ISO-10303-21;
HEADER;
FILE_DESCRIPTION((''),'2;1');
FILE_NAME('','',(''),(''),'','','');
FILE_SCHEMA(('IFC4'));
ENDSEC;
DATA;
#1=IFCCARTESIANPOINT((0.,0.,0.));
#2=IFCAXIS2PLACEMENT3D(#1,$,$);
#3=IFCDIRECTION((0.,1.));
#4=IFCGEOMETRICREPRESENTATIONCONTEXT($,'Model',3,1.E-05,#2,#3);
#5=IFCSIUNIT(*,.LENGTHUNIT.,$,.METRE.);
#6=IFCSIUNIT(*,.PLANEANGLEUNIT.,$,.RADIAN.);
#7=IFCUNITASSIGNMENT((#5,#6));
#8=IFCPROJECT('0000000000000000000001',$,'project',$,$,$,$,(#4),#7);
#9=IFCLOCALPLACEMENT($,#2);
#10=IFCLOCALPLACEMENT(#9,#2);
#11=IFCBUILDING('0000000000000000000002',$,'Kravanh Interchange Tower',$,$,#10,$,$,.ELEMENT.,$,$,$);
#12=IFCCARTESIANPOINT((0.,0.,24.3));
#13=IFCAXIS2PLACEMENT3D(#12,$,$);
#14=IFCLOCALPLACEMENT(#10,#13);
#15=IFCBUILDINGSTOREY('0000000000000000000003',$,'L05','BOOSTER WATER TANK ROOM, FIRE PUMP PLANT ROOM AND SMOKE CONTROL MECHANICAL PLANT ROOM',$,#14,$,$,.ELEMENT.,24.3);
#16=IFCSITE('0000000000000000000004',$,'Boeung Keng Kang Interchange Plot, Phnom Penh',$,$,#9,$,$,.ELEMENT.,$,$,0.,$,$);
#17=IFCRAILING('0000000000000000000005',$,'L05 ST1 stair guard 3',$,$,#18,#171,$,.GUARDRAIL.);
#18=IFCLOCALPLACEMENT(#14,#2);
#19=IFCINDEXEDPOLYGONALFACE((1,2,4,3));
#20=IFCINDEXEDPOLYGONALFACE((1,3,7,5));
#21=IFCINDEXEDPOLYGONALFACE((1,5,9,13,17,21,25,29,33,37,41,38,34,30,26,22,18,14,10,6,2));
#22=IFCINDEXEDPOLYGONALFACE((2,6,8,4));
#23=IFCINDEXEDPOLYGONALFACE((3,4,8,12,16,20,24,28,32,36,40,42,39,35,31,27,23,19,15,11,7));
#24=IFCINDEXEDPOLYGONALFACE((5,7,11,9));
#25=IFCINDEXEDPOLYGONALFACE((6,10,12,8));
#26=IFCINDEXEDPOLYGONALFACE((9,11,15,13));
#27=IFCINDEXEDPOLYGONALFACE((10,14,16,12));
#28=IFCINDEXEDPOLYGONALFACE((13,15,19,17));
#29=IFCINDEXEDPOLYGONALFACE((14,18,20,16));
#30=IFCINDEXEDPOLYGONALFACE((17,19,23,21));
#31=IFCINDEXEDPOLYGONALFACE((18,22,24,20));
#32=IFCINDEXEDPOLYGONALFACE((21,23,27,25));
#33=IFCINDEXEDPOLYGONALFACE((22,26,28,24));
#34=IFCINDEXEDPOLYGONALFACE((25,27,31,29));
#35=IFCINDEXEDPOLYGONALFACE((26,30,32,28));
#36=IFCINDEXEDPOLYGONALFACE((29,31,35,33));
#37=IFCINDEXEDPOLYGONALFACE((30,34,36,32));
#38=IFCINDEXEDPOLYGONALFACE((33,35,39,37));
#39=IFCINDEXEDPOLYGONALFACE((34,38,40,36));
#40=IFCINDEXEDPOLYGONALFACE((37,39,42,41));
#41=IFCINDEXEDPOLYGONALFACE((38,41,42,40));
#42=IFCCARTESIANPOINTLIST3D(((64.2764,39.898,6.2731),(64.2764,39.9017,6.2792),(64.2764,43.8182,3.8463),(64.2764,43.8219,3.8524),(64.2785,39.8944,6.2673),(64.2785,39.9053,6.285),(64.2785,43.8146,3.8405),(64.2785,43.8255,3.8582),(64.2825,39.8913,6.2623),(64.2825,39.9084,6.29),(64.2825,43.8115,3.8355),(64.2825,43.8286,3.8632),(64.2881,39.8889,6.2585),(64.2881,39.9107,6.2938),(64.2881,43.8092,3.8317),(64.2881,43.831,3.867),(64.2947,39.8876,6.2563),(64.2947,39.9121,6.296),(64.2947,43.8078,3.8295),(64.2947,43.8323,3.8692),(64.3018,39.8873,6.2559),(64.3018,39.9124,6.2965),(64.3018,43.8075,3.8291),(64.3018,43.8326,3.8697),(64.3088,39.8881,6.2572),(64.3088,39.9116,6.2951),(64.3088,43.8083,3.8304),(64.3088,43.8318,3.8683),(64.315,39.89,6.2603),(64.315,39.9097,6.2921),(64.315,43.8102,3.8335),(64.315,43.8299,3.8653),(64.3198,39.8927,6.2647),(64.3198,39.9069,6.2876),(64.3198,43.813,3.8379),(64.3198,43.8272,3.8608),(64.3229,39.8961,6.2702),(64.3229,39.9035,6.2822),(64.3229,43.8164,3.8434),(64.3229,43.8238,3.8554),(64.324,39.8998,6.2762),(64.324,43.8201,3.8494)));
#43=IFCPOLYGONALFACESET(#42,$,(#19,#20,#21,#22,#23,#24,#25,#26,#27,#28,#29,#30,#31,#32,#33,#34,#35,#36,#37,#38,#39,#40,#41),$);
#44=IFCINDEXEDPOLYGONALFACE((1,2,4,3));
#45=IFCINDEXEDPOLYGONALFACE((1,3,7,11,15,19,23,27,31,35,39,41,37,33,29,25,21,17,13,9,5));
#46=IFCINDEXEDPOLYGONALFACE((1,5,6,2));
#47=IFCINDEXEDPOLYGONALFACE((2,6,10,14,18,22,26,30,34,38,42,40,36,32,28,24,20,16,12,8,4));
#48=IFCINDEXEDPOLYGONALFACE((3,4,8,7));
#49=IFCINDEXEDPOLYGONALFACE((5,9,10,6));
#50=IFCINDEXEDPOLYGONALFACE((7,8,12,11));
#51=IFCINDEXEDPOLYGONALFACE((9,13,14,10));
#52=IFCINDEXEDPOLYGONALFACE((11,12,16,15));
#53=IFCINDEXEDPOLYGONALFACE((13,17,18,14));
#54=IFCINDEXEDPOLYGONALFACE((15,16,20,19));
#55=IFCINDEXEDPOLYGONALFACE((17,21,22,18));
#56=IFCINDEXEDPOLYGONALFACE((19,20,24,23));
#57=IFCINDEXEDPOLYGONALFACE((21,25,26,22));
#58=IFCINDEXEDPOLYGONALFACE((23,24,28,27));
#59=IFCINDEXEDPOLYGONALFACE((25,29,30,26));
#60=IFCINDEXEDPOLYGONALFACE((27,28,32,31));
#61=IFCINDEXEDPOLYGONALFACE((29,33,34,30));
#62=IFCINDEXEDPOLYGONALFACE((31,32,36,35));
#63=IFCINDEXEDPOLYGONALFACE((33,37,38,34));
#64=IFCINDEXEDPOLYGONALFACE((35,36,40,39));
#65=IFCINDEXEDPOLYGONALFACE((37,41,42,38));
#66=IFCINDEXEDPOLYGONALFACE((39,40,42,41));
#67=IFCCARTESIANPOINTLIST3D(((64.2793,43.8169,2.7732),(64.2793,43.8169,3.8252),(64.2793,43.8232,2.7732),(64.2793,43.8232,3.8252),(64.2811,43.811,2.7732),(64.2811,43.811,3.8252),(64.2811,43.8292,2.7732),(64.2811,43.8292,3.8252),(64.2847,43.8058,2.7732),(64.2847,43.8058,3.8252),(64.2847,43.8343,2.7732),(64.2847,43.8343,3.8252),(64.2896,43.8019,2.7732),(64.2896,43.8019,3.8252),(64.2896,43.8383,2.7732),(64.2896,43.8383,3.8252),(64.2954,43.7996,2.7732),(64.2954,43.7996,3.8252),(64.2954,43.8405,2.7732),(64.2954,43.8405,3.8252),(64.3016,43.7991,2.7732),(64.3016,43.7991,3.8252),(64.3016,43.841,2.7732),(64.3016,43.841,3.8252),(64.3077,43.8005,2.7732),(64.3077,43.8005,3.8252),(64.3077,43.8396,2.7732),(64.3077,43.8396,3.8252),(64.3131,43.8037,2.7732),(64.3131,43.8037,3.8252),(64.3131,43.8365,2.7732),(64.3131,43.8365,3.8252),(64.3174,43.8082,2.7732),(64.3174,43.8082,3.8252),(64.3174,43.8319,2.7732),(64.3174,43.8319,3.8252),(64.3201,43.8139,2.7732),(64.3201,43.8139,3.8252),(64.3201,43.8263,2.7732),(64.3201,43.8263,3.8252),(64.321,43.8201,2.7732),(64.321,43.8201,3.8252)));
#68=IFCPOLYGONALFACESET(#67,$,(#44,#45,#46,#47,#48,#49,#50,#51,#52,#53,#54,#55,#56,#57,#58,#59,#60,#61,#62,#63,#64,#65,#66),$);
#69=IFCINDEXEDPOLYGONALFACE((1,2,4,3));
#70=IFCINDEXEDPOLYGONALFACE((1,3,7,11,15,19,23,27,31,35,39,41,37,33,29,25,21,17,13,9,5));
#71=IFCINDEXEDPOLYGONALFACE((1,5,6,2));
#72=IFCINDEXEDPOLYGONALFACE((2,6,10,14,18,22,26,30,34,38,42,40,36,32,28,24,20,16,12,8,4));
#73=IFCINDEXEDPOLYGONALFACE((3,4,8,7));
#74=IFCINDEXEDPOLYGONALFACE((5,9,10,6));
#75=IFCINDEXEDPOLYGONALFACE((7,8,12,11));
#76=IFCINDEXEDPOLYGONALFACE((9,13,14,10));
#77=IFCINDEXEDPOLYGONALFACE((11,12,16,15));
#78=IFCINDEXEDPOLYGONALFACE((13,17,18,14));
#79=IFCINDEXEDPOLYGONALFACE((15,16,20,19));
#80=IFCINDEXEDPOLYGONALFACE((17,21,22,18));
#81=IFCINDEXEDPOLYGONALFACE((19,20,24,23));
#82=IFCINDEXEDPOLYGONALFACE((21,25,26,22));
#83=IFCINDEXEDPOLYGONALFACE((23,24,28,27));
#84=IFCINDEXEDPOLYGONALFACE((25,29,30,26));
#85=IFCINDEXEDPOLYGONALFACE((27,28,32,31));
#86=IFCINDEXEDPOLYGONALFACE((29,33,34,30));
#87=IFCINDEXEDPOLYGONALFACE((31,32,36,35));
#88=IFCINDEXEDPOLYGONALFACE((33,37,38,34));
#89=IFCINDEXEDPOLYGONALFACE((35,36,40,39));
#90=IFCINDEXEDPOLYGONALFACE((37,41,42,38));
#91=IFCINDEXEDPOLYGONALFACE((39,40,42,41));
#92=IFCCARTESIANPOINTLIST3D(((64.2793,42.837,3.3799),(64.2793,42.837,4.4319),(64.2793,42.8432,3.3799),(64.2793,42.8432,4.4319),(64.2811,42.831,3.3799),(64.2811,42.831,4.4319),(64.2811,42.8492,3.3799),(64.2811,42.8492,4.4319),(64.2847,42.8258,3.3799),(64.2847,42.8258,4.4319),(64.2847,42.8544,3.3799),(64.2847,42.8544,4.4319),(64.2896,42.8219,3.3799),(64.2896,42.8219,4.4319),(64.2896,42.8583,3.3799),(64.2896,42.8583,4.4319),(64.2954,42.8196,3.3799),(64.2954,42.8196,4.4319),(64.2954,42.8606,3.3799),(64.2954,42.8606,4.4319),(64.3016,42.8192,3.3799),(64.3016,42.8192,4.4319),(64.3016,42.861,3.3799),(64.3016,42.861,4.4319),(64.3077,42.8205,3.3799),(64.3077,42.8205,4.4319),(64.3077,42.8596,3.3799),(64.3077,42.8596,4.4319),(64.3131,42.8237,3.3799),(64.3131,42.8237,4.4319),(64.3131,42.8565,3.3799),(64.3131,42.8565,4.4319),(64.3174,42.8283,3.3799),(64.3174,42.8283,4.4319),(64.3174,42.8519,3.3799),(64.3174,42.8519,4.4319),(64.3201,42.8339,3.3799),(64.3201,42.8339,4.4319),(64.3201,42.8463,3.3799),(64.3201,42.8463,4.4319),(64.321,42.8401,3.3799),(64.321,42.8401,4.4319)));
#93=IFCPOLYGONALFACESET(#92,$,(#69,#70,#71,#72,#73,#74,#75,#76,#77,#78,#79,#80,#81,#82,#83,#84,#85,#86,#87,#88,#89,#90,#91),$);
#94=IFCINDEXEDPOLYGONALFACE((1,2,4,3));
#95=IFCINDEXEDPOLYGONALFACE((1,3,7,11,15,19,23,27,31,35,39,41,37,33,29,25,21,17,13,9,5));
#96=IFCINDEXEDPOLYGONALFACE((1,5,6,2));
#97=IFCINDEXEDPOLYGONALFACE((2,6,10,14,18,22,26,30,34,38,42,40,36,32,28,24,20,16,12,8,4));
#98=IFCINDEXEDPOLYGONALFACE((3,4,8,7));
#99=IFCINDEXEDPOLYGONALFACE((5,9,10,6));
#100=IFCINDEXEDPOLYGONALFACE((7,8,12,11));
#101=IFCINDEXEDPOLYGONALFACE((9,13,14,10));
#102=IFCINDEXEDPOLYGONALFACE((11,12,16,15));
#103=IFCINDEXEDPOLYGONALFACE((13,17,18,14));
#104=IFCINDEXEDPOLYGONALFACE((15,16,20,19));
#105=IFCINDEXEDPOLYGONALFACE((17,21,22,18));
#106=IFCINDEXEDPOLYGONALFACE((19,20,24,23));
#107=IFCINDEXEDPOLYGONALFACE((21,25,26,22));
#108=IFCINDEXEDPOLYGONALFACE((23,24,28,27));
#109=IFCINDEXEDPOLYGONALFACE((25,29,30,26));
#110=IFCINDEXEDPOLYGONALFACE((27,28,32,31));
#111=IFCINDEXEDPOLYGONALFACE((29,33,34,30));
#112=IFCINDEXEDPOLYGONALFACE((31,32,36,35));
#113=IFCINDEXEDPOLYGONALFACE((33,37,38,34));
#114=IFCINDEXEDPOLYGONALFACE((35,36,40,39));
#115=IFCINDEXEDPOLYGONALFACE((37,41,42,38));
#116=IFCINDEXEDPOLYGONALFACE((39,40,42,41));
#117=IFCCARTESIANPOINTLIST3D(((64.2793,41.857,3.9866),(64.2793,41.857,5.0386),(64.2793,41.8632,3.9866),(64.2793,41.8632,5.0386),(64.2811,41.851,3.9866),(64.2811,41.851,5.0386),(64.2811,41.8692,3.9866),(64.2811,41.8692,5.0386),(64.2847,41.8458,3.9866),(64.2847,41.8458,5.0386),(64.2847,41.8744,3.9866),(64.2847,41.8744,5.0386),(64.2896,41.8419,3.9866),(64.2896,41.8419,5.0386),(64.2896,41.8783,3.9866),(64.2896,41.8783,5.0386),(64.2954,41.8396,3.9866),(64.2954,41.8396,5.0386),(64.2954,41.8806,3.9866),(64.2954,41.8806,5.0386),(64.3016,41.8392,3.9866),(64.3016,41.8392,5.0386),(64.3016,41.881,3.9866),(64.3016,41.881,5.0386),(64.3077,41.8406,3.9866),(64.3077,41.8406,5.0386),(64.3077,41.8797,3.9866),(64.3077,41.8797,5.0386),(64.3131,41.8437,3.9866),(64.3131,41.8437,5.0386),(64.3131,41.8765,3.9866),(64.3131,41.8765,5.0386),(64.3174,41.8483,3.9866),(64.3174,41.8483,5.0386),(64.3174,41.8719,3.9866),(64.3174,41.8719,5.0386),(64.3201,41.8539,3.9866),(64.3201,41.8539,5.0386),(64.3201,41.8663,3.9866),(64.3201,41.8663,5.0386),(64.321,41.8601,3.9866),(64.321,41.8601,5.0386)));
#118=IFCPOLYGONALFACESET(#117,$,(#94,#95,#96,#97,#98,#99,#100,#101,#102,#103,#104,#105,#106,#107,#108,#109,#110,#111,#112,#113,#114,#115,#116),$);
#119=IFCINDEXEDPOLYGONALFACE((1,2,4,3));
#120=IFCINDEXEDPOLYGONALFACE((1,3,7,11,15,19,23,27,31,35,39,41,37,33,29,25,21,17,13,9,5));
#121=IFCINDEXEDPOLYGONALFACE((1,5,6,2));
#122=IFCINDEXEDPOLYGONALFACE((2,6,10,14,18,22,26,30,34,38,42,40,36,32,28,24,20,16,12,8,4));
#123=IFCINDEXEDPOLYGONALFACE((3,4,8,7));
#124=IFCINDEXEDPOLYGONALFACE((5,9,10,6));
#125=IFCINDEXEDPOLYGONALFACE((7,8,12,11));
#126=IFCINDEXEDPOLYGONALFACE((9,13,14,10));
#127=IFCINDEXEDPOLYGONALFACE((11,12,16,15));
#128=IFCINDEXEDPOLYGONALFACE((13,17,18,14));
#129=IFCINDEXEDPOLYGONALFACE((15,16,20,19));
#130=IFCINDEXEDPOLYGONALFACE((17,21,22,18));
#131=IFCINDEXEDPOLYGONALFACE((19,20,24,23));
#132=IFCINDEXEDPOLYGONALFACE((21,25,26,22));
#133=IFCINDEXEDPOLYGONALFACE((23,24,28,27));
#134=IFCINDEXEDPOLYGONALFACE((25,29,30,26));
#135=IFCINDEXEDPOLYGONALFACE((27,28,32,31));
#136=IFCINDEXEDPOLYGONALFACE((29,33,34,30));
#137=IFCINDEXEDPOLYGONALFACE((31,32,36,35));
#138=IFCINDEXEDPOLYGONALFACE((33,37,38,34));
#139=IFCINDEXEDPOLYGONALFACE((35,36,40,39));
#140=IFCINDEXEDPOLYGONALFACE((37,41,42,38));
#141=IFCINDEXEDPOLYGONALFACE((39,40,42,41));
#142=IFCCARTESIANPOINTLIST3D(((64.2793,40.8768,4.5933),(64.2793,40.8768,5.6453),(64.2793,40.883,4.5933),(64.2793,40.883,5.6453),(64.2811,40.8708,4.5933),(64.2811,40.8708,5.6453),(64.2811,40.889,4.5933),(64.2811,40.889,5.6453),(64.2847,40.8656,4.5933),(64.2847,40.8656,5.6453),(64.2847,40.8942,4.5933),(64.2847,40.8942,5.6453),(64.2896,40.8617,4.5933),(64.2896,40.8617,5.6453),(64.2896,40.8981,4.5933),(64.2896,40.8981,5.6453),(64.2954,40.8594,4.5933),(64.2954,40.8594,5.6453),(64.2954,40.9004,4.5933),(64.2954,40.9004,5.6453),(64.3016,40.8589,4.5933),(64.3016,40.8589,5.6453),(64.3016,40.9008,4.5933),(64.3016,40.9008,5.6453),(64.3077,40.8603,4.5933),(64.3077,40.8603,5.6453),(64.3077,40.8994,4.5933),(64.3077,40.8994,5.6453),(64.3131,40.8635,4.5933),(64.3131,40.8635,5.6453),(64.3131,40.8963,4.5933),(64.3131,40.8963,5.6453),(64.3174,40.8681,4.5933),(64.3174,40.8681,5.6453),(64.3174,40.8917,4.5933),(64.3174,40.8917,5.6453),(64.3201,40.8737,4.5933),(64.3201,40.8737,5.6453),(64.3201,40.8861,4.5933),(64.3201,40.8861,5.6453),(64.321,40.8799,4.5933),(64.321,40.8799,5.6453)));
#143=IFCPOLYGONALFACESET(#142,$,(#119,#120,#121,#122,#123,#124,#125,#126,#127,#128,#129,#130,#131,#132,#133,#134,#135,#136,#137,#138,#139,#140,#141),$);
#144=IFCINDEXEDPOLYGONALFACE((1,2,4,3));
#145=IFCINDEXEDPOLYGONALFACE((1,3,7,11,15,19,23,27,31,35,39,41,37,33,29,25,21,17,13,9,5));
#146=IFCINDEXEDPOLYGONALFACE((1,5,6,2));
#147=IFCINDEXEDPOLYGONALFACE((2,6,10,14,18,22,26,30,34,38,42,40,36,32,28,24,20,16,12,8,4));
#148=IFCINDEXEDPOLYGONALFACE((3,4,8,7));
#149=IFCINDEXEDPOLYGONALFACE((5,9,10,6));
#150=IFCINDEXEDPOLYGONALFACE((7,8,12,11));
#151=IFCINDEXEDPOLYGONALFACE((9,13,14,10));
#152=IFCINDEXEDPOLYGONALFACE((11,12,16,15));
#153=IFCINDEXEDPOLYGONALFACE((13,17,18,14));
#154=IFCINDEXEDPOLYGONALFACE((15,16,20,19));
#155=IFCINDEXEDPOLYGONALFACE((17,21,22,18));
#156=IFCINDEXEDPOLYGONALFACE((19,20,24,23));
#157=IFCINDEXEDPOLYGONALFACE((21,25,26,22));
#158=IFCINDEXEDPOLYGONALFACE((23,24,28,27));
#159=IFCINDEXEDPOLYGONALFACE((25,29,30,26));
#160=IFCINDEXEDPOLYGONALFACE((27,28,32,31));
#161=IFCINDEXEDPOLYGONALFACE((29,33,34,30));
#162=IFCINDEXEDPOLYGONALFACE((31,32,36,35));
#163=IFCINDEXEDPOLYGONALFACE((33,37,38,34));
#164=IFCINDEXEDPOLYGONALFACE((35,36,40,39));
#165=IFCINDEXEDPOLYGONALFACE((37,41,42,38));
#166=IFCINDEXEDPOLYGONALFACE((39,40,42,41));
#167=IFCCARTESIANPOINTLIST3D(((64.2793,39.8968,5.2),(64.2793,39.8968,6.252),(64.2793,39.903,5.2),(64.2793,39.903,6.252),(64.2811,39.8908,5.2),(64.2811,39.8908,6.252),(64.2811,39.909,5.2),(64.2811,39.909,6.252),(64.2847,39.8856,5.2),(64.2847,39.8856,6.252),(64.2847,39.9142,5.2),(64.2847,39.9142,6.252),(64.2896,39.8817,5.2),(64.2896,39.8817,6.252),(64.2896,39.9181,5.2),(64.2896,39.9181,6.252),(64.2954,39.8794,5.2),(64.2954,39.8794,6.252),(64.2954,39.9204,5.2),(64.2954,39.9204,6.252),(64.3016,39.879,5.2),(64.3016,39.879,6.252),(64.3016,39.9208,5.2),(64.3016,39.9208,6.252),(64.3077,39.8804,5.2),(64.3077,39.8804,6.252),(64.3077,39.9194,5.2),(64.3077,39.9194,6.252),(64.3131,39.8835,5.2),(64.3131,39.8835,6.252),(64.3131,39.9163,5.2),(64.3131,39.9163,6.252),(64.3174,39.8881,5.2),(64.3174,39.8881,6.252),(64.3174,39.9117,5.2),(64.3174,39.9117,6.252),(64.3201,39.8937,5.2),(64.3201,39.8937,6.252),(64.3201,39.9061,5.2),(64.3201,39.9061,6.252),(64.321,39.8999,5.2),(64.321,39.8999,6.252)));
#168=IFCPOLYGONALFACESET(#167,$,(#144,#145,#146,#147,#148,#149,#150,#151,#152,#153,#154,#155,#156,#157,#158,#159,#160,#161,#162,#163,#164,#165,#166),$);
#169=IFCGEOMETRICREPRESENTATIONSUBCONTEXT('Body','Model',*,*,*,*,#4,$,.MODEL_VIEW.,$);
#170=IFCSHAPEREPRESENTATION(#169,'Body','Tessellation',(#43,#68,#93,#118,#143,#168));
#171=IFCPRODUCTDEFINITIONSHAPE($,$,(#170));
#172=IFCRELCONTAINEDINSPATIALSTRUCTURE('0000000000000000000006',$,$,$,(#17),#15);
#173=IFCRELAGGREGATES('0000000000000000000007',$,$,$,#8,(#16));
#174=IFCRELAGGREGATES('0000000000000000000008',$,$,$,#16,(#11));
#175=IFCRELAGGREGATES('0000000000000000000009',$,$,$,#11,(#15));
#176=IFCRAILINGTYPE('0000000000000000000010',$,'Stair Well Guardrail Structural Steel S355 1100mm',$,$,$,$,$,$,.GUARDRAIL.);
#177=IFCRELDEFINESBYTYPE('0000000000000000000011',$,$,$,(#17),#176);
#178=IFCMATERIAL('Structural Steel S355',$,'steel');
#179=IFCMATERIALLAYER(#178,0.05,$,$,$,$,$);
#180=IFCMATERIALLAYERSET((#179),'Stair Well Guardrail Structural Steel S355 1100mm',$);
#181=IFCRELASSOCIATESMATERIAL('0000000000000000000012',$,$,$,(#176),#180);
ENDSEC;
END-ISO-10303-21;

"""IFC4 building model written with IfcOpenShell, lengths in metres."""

from ifc_helpers import new_model, si_unit, direction, frame, origin, origin_2d, place, context, subcontext, project, spatial, circle, extrude, material, layer, layer_set, type_object, element, save


model = new_model("IFC4")

# Units and contexts
model_context = context("Model", 3, precision=1e-05, world=origin(), true_north=direction((0.0, 1.0)))
body_context = subcontext(model_context, "Body", "Model", "MODEL_VIEW")
ifc_project = project(units=[si_unit("LENGTHUNIT", "METRE"), si_unit("PLANEANGLEUNIT", "RADIAN")], contexts=[model_context])

# Site, building, storey
site_placement = place(None, origin())
site = spatial("IfcSite", under=ifc_project, at=site_placement, Name="Boeung Keng Kang Interchange Plot, Phnom Penh", CompositionType="ELEMENT", RefElevation=0.0)
building_placement = place(site_placement, origin())
building = spatial("IfcBuilding", under=site, at=building_placement, Name="Kravanh Interchange Tower", CompositionType="ELEMENT")
storey_placement = place(building_placement, frame((0.0, 0.0, 24.3)))
storey = spatial("IfcBuildingStorey", under=building, at=storey_placement, Name="L05", Description="BOOSTER WATER TANK ROOM, FIRE PUMP PLANT ROOM AND SMOKE CONTROL MECHANICAL PLANT ROOM", CompositionType="ELEMENT", Elevation=24.3)

# Railing
ifc_material_1 = material(Name="Structural Steel S355", Category="steel")
ifc_layer_1 = layer(ifc_material_1, 0.05)
ifc_layer_set_1 = layer_set([ifc_layer_1], Name="Stair Well Guardrail Structural Steel S355 1100mm")
railing_type_1 = type_object("IfcRailingType", Name="Stair Well Guardrail Structural Steel S355 1100mm", PredefinedType="GUARDRAIL", material=ifc_layer_set_1)
railing_1_placement = place(storey_placement, frame((64.3, 43.8201, 2.7732)))
element("IfcRailing", 1, at=railing_1_placement, inside=storey, type_object=railing_type_1, Name="L05 ST1 stair guard 3", PredefinedType="GUARDRAIL", context=body_context, shape_type="SweptSolid", body=[
    extrude(circle(Radius=0.0239, at=origin_2d()), frame((0.0, 0.0, 1.0762), z_axis=(0.0, -0.850266, 0.526353), x_axis=(1.0, 0.0, 0.0)), (0.0, 0.0, 1.0), 4.6106),
    extrude(circle(Radius=0.021, at=origin_2d()), origin(), (0.0, 0.0, 1.0), 1.052),
    extrude(circle(Radius=0.021, at=origin_2d()), frame((0.0, -0.98, 0.6067)), (0.0, 0.0, 1.0), 1.052),
    extrude(circle(Radius=0.021, at=origin_2d()), frame((0.0, -1.96, 1.2134)), (0.0, 0.0, 1.0), 1.052),
    extrude(circle(Radius=0.021, at=origin_2d()), frame((0.0, -2.9402, 1.8201)), (0.0, 0.0, 1.0), 1.052),
    extrude(circle(Radius=0.021, at=origin_2d()), frame((0.0, -3.9202, 2.4268)), (0.0, 0.0, 1.0), 1.052),
])

save(model, "model.ifc")
